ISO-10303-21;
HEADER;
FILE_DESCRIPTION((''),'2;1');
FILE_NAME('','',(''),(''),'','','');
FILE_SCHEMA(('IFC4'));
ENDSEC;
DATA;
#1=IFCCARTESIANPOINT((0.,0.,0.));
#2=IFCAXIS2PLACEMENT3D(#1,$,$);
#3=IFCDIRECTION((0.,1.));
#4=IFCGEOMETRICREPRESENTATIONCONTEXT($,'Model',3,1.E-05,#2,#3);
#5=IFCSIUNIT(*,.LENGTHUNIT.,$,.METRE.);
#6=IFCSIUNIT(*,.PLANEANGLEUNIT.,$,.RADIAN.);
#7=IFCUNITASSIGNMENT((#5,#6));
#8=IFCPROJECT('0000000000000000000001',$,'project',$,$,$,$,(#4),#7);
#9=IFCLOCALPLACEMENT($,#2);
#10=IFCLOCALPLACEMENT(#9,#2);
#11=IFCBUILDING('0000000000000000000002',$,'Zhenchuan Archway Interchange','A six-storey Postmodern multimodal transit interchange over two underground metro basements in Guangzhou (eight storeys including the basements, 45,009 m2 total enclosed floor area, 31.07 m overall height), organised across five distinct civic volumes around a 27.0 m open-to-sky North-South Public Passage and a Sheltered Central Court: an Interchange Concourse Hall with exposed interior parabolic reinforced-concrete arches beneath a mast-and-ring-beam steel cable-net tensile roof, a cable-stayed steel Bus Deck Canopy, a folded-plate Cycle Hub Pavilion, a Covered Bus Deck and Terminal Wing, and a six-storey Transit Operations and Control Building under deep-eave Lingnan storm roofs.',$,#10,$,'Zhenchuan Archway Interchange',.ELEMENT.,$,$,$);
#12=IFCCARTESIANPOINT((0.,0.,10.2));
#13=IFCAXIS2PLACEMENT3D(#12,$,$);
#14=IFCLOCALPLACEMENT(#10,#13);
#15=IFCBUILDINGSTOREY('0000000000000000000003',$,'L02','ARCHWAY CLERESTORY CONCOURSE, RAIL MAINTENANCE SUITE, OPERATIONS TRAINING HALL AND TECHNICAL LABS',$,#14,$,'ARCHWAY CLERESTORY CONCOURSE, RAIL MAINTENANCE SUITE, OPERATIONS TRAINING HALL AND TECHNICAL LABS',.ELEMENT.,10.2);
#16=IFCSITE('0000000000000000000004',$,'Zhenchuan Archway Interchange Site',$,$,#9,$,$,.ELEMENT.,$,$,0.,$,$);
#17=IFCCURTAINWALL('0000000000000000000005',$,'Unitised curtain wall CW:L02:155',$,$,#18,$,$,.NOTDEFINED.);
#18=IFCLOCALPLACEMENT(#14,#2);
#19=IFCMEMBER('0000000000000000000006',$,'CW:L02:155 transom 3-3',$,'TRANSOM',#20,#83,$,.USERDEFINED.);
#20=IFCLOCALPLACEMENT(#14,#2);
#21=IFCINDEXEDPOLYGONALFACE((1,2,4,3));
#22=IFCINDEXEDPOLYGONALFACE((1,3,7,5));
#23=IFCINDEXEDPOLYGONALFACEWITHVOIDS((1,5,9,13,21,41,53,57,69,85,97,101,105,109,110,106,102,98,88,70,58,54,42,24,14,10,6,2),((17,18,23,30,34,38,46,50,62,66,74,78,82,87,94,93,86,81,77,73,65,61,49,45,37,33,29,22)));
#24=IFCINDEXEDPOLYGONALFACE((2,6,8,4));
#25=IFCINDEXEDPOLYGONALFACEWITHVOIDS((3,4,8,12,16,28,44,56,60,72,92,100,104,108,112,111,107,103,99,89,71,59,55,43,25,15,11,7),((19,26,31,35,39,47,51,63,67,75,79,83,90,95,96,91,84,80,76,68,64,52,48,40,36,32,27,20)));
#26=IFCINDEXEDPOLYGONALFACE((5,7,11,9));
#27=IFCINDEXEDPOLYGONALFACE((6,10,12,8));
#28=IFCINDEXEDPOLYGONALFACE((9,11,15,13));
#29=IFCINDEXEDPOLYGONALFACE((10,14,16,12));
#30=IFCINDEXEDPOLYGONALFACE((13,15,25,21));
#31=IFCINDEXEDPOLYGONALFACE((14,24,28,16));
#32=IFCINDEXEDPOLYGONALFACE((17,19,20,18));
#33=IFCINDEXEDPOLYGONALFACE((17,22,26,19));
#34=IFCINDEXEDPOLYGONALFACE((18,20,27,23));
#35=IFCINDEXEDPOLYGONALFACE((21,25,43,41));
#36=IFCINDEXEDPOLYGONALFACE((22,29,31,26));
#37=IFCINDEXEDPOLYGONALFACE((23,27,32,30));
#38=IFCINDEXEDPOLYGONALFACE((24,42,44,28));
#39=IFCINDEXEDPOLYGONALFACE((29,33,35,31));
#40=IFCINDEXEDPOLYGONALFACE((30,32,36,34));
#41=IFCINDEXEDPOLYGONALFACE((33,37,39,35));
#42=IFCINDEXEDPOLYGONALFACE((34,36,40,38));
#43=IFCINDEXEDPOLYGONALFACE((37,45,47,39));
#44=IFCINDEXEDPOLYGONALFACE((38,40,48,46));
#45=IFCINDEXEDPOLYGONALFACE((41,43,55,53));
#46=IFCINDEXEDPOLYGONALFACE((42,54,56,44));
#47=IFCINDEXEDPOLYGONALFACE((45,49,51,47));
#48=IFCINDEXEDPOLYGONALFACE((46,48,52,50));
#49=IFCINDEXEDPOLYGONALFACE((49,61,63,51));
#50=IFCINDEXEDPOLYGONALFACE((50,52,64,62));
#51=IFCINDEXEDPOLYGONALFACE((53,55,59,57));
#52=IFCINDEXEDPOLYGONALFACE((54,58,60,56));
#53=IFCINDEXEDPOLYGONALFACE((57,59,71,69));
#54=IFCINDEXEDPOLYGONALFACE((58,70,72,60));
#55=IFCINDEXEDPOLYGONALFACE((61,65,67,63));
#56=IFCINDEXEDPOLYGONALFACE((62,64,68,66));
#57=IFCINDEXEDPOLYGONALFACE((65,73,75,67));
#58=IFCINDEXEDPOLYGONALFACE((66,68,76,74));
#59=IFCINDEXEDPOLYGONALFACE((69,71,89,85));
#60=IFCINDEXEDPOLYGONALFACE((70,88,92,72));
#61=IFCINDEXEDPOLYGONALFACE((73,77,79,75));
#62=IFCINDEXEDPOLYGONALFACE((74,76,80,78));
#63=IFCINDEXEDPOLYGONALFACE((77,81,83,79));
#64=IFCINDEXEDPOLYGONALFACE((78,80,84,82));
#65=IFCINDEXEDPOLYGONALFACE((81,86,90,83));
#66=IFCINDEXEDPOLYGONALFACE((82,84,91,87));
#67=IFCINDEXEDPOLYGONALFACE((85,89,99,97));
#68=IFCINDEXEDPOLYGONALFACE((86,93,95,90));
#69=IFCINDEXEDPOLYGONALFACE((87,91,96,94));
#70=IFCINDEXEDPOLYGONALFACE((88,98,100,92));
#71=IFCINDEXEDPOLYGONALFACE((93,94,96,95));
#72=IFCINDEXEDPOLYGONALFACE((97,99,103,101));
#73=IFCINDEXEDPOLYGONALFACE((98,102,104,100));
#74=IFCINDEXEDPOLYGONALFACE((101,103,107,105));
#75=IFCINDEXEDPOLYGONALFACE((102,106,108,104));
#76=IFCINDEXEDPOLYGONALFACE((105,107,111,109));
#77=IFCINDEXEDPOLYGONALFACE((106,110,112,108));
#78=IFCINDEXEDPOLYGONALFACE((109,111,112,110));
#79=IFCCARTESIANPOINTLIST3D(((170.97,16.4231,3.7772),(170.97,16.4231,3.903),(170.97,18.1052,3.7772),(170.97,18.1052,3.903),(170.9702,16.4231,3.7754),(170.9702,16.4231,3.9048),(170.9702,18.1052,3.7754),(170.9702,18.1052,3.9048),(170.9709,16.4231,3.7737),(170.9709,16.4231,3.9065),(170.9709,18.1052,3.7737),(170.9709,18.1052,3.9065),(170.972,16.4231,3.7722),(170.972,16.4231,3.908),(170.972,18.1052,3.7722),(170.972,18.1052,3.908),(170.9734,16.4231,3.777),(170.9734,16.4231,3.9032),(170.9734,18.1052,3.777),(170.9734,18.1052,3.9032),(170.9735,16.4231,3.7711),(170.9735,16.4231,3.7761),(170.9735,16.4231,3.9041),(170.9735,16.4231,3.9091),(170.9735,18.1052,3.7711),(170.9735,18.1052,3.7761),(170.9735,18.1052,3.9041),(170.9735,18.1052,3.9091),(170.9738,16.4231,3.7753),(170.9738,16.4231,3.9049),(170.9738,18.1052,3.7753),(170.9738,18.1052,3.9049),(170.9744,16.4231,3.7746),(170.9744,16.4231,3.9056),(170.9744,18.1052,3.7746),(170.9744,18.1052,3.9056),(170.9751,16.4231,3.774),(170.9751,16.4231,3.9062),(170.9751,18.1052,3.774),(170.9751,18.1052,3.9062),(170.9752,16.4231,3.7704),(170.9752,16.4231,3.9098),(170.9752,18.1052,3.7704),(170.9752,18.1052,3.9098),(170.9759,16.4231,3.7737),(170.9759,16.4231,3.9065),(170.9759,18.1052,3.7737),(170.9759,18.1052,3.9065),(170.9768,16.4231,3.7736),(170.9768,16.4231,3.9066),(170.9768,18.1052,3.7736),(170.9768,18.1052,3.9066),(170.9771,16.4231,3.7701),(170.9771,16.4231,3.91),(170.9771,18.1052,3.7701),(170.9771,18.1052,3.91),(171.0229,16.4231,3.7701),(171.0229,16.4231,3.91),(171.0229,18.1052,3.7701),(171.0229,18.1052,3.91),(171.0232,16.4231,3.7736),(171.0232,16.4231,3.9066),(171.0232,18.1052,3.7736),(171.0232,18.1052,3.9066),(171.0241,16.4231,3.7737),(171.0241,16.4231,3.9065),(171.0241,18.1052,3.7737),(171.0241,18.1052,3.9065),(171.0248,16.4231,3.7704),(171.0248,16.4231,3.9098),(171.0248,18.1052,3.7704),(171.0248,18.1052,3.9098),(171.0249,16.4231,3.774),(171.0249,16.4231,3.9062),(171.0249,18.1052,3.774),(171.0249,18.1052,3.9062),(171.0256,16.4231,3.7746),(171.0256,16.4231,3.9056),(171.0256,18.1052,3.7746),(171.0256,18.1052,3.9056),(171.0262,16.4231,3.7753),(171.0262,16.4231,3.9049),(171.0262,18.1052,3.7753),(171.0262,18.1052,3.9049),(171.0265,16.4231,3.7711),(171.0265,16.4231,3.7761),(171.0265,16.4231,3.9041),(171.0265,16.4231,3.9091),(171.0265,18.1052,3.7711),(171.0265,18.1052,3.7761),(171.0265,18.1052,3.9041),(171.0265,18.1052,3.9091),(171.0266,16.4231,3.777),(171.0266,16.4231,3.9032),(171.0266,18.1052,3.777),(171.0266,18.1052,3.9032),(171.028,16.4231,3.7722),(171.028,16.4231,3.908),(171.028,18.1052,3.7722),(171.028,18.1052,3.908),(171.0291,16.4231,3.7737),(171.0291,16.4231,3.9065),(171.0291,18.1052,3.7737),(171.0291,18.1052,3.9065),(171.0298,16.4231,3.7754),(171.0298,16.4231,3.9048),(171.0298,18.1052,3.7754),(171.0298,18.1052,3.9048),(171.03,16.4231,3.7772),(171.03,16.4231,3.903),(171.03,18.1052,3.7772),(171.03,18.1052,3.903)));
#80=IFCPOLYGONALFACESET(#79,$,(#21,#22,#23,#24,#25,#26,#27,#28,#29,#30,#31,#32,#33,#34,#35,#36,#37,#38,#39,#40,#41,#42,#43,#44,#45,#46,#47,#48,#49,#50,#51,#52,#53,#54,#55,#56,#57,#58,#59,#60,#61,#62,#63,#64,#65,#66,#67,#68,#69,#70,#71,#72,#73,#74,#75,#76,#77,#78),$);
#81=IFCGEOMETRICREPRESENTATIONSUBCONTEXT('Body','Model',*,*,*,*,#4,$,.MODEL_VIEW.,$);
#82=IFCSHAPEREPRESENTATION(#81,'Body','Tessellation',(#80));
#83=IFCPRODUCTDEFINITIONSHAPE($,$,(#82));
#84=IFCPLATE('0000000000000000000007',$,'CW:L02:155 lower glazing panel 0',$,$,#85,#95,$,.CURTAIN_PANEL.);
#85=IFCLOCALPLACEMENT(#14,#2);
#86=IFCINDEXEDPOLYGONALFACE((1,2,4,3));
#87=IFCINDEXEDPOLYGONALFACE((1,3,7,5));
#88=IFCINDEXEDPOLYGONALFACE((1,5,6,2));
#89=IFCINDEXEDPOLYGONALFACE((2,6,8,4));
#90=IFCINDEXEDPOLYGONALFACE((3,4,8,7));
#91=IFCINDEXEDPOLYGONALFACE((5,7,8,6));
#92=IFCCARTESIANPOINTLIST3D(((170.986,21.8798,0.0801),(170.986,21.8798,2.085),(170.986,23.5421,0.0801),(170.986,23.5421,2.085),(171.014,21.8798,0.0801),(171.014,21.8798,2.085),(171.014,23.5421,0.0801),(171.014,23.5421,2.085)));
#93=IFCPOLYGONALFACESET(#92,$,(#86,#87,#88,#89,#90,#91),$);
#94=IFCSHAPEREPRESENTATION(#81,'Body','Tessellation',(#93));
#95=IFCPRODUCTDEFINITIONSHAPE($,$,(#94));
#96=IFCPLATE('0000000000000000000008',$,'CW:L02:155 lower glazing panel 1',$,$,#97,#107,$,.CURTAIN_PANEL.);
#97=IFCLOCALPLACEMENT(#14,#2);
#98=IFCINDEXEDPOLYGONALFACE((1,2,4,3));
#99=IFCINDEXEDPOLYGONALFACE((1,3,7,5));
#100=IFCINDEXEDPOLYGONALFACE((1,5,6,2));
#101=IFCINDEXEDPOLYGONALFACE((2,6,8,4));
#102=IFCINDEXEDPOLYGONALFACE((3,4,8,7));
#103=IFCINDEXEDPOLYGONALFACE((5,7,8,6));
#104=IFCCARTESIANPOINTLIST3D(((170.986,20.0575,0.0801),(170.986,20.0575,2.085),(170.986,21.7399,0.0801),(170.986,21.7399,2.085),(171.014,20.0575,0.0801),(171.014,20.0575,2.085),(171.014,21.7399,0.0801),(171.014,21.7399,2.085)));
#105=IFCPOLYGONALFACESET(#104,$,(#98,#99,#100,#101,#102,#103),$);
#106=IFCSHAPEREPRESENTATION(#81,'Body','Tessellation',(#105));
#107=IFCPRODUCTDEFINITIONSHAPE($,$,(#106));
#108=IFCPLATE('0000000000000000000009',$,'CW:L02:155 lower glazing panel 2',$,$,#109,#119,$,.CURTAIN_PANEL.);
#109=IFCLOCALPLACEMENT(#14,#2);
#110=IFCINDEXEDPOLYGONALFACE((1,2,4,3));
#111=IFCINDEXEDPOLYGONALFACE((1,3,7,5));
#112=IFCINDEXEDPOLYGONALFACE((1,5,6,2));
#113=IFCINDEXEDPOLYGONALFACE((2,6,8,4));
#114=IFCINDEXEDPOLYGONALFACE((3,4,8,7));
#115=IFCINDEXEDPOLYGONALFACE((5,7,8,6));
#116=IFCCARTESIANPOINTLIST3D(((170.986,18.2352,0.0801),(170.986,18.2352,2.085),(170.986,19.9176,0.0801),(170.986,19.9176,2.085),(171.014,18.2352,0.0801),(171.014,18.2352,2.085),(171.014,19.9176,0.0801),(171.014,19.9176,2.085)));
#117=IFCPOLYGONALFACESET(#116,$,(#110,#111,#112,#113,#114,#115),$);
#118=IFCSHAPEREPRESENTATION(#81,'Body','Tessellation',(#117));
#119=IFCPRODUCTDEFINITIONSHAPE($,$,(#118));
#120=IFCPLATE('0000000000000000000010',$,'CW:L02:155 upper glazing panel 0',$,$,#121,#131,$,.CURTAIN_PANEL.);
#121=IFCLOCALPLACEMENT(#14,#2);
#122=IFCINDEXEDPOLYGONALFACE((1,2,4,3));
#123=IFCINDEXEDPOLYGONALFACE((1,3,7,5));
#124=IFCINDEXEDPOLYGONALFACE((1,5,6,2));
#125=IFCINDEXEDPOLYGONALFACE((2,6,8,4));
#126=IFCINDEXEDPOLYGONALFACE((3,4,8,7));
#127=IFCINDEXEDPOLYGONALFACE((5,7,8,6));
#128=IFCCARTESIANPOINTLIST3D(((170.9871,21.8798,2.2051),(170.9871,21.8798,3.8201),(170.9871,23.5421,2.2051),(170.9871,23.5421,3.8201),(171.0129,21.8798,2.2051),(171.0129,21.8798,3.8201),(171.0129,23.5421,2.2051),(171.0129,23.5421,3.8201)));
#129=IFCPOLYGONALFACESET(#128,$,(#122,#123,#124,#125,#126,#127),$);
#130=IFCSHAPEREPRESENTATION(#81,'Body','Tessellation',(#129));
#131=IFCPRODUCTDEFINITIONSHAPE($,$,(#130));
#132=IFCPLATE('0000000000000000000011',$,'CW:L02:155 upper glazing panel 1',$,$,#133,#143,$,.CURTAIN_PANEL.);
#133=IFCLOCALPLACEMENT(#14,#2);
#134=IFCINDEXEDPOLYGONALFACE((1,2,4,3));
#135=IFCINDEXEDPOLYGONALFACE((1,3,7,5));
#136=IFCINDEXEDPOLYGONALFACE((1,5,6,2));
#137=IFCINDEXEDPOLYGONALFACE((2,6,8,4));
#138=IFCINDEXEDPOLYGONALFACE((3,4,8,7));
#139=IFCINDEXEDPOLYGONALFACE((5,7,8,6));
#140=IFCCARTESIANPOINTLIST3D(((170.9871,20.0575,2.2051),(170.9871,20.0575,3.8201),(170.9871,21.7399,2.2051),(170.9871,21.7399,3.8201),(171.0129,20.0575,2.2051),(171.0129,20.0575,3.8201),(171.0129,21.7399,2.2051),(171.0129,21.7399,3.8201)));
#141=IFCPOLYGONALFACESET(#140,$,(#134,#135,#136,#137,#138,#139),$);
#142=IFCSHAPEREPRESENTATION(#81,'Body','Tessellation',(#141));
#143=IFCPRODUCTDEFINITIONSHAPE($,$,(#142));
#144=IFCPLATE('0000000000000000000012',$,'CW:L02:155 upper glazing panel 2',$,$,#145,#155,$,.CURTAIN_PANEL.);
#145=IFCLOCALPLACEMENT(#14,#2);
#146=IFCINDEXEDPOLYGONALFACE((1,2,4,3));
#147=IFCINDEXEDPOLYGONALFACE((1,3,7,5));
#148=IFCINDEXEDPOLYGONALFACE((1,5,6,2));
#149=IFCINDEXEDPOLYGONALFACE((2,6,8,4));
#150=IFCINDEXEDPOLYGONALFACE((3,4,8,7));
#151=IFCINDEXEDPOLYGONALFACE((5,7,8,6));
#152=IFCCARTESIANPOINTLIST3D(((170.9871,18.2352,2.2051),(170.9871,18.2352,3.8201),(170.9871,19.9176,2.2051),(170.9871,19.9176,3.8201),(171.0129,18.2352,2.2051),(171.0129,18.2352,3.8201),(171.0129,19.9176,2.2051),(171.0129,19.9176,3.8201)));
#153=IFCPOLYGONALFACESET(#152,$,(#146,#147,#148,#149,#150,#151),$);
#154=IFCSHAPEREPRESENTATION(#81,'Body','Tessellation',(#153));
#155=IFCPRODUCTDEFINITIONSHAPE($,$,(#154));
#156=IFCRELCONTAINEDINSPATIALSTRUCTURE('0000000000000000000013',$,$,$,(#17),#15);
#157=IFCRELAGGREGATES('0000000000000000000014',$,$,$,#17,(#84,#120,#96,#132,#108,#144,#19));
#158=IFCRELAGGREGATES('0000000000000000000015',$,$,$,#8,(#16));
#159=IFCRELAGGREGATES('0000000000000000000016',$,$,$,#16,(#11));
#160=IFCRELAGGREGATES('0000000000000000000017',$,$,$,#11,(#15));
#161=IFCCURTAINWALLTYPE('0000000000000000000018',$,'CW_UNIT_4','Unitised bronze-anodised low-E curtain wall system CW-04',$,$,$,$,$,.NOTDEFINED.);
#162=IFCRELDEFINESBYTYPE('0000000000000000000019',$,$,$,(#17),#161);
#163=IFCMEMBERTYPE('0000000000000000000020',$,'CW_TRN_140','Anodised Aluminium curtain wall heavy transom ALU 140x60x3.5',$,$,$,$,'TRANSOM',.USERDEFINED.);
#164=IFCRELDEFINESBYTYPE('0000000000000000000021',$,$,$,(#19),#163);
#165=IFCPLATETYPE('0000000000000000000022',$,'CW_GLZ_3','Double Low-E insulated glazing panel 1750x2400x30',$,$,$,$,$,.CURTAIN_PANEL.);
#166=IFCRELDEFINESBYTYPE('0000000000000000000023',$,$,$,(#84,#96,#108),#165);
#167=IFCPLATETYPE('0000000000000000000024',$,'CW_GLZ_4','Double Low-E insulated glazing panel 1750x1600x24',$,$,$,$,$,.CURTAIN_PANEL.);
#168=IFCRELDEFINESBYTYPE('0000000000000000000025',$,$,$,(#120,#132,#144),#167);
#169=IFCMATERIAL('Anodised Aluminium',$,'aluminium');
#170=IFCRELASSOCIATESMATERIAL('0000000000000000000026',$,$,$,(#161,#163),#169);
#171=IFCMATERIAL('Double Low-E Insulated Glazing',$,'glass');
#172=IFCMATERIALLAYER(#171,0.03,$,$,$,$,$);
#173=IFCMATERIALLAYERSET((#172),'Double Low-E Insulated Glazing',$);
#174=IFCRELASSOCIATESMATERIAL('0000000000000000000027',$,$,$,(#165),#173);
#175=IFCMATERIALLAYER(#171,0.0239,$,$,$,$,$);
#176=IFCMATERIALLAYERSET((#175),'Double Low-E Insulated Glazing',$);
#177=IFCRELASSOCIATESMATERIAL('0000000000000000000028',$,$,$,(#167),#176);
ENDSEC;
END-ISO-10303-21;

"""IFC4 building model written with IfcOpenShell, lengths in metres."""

from ifc_helpers import new_model, si_unit, direction, frame, origin, origin_2d, place, context, subcontext, project, spatial, rectangle, hollow_rectangle, extrude, material, layer, layer_set, material_profile, profile_set, type_object, element, aggregate, save


model = new_model("IFC4")

# Units and contexts
model_context = context("Model", 3, precision=1e-05, world=origin(), true_north=direction((0.0, 1.0)))
body_context = subcontext(model_context, "Body", "Model", "MODEL_VIEW")
ifc_project = project(units=[si_unit("LENGTHUNIT", "METRE"), si_unit("PLANEANGLEUNIT", "RADIAN")], contexts=[model_context])

# Site, building, storey
site_placement = place(None, origin())
site = spatial("IfcSite", under=ifc_project, at=site_placement, Name="Zhenchuan Archway Interchange Site", CompositionType="ELEMENT", RefElevation=0.0)
building_placement = place(site_placement, origin())
building = spatial("IfcBuilding", under=site, at=building_placement, Name="Zhenchuan Archway Interchange", Description="A six-storey Postmodern multimodal transit interchange over two underground metro basements in Guangzhou (eight storeys including the basements, 45,009 m2 total enclosed floor area, 31.07 m overall height), organised across five distinct civic volumes around a 27.0 m open-to-sky North-South Public Passage and a Sheltered Central Court: an Interchange Concourse Hall with exposed interior parabolic reinforced-concrete arches beneath a mast-and-ring-beam steel cable-net tensile roof, a cable-stayed steel Bus Deck Canopy, a folded-plate Cycle Hub Pavilion, a Covered Bus Deck and Terminal Wing, and a six-storey Transit Operations and Control Building under deep-eave Lingnan storm roofs.", LongName="Zhenchuan Archway Interchange", CompositionType="ELEMENT")
storey_placement = place(building_placement, frame((0.0, 0.0, 10.2)))
storey = spatial("IfcBuildingStorey", under=building, at=storey_placement, Name="L02", Description="ARCHWAY CLERESTORY CONCOURSE, RAIL MAINTENANCE SUITE, OPERATIONS TRAINING HALL AND TECHNICAL LABS", LongName="ARCHWAY CLERESTORY CONCOURSE, RAIL MAINTENANCE SUITE, OPERATIONS TRAINING HALL AND TECHNICAL LABS", CompositionType="ELEMENT", Elevation=10.2)

# Curtain wall, member, plates
ifc_material_1 = material(Name="Anodised Aluminium", Category="aluminium")
curtain_wall_type = type_object("IfcCurtainWallType", Name="CW_UNIT_4", Description="Unitised bronze-anodised low-E curtain wall system CW-04", PredefinedType="NOTDEFINED", material=ifc_material_1)
curtain_wall_placement = place(storey_placement, origin())
curtain_wall = element("IfcCurtainWall", 1, at=curtain_wall_placement, inside=storey, type_object=curtain_wall_type, Name="Unitised curtain wall CW:L02:155", PredefinedType="NOTDEFINED")
ifc_material_profile_1 = material_profile(ifc_material_1, hollow_rectangle(XDim=0.0601, YDim=0.1399, WallThickness=0.0034, InnerFilletRadius=0.0034, OuterFilletRadius=0.0071, at=origin_2d()), Name="ALU 140x60x3.5")
ifc_profile_set_1 = profile_set([ifc_material_profile_1], Name="Anodised Aluminium")
member_type_1 = type_object("IfcMemberType", Name="CW_TRN_140", Description="Anodised Aluminium curtain wall heavy transom ALU 140x60x3.5", ElementType="TRANSOM", PredefinedType="USERDEFINED", material=ifc_profile_set_1)
member_1_placement = place(storey_placement, frame((171.0, 18.1052, 3.8401), z_axis=(0.0, -1.0, 0.0), x_axis=(1.0, 0.0, 0.0)))
member_1 = element("IfcMember", 2, at=member_1_placement, type_object=member_type_1, Name="CW:L02:155 transom 3-3", ObjectType="TRANSOM", PredefinedType="USERDEFINED", context=body_context, shape_type="SweptSolid", body=[
    extrude(hollow_rectangle(XDim=0.0601, YDim=0.1399, WallThickness=0.0034, InnerFilletRadius=0.0034, OuterFilletRadius=0.0071, at=origin_2d()), origin(), (0.0, 0.0, 1.0), 1.6821),
])
ifc_material_2 = material(Name="Double Low-E Insulated Glazing", Category="glass")
ifc_layer_1 = layer(ifc_material_2, 0.03)
ifc_layer_set_1 = layer_set([ifc_layer_1], Name="Double Low-E Insulated Glazing")
plate_type_1 = type_object("IfcPlateType", Name="CW_GLZ_3", Description="Double Low-E insulated glazing panel 1750x2400x30", PredefinedType="CURTAIN_PANEL", material=ifc_layer_set_1)
plate_1_placement = place(storey_placement, frame((171.0, 22.7109, 0.0801), z_axis=(0.0, 0.0, 1.0), x_axis=(0.0, -1.0, 0.0)))
plate_1 = element("IfcPlate", 3, at=plate_1_placement, type_object=plate_type_1, Name="CW:L02:155 lower glazing panel 0", PredefinedType="CURTAIN_PANEL", context=body_context, shape_type="SweptSolid", body=[
    extrude(rectangle(XDim=1.6624, YDim=0.0281, at=origin_2d()), origin(), (0.0, 0.0, 1.0), 2.0049),
])
plate_2_placement = place(storey_placement, frame((171.0, 20.8987, 0.0801), z_axis=(0.0, 0.0, 1.0), x_axis=(0.0, -1.0, 0.0)))
plate_2 = element("IfcPlate", 4, at=plate_2_placement, type_object=plate_type_1, Name="CW:L02:155 lower glazing panel 1", PredefinedType="CURTAIN_PANEL", context=body_context, shape_type="SweptSolid", body=[
    extrude(rectangle(XDim=1.6824, YDim=0.0281, at=origin_2d()), origin(), (0.0, 0.0, 1.0), 2.0049),
])
plate_3_placement = place(storey_placement, frame((171.0, 19.0764, 0.0801), z_axis=(0.0, 0.0, 1.0), x_axis=(0.0, -1.0, 0.0)))
plate_3 = element("IfcPlate", 5, at=plate_3_placement, type_object=plate_type_1, Name="CW:L02:155 lower glazing panel 2", PredefinedType="CURTAIN_PANEL", context=body_context, shape_type="SweptSolid", body=[
    extrude(rectangle(XDim=1.6824, YDim=0.0281, at=origin_2d()), origin(), (0.0, 0.0, 1.0), 2.0049),
])
ifc_layer_2 = layer(ifc_material_2, 0.0239)
ifc_layer_set_2 = layer_set([ifc_layer_2], Name="Double Low-E Insulated Glazing")
plate_type_2 = type_object("IfcPlateType", Name="CW_GLZ_4", Description="Double Low-E insulated glazing panel 1750x1600x24", PredefinedType="CURTAIN_PANEL", material=ifc_layer_set_2)
plate_4_placement = place(storey_placement, frame((171.0, 22.7109, 2.2051), z_axis=(0.0, 0.0, 1.0), x_axis=(0.0, -1.0, 0.0)))
plate_4 = element("IfcPlate", 6, at=plate_4_placement, type_object=plate_type_2, Name="CW:L02:155 upper glazing panel 0", PredefinedType="CURTAIN_PANEL", context=body_context, shape_type="SweptSolid", body=[
    extrude(rectangle(XDim=1.6624, YDim=0.0259, at=origin_2d()), origin(), (0.0, 0.0, 1.0), 1.615),
])
plate_5_placement = place(storey_placement, frame((171.0, 20.8987, 2.2051), z_axis=(0.0, 0.0, 1.0), x_axis=(0.0, -1.0, 0.0)))
plate_5 = element("IfcPlate", 7, at=plate_5_placement, type_object=plate_type_2, Name="CW:L02:155 upper glazing panel 1", PredefinedType="CURTAIN_PANEL", context=body_context, shape_type="SweptSolid", body=[
    extrude(rectangle(XDim=1.6824, YDim=0.0259, at=origin_2d()), origin(), (0.0, 0.0, 1.0), 1.615),
])
plate_6_placement = place(storey_placement, frame((171.0, 19.0764, 2.2051), z_axis=(0.0, 0.0, 1.0), x_axis=(0.0, -1.0, 0.0)))
plate_6 = element("IfcPlate", 8, at=plate_6_placement, type_object=plate_type_2, Name="CW:L02:155 upper glazing panel 2", PredefinedType="CURTAIN_PANEL", context=body_context, shape_type="SweptSolid", body=[
    extrude(rectangle(XDim=1.6824, YDim=0.0259, at=origin_2d()), origin(), (0.0, 0.0, 1.0), 1.615),
])
aggregate(curtain_wall, [plate_1, plate_4, plate_2, plate_5, plate_3, plate_6, member_1])

save(model, "model.ifc")
